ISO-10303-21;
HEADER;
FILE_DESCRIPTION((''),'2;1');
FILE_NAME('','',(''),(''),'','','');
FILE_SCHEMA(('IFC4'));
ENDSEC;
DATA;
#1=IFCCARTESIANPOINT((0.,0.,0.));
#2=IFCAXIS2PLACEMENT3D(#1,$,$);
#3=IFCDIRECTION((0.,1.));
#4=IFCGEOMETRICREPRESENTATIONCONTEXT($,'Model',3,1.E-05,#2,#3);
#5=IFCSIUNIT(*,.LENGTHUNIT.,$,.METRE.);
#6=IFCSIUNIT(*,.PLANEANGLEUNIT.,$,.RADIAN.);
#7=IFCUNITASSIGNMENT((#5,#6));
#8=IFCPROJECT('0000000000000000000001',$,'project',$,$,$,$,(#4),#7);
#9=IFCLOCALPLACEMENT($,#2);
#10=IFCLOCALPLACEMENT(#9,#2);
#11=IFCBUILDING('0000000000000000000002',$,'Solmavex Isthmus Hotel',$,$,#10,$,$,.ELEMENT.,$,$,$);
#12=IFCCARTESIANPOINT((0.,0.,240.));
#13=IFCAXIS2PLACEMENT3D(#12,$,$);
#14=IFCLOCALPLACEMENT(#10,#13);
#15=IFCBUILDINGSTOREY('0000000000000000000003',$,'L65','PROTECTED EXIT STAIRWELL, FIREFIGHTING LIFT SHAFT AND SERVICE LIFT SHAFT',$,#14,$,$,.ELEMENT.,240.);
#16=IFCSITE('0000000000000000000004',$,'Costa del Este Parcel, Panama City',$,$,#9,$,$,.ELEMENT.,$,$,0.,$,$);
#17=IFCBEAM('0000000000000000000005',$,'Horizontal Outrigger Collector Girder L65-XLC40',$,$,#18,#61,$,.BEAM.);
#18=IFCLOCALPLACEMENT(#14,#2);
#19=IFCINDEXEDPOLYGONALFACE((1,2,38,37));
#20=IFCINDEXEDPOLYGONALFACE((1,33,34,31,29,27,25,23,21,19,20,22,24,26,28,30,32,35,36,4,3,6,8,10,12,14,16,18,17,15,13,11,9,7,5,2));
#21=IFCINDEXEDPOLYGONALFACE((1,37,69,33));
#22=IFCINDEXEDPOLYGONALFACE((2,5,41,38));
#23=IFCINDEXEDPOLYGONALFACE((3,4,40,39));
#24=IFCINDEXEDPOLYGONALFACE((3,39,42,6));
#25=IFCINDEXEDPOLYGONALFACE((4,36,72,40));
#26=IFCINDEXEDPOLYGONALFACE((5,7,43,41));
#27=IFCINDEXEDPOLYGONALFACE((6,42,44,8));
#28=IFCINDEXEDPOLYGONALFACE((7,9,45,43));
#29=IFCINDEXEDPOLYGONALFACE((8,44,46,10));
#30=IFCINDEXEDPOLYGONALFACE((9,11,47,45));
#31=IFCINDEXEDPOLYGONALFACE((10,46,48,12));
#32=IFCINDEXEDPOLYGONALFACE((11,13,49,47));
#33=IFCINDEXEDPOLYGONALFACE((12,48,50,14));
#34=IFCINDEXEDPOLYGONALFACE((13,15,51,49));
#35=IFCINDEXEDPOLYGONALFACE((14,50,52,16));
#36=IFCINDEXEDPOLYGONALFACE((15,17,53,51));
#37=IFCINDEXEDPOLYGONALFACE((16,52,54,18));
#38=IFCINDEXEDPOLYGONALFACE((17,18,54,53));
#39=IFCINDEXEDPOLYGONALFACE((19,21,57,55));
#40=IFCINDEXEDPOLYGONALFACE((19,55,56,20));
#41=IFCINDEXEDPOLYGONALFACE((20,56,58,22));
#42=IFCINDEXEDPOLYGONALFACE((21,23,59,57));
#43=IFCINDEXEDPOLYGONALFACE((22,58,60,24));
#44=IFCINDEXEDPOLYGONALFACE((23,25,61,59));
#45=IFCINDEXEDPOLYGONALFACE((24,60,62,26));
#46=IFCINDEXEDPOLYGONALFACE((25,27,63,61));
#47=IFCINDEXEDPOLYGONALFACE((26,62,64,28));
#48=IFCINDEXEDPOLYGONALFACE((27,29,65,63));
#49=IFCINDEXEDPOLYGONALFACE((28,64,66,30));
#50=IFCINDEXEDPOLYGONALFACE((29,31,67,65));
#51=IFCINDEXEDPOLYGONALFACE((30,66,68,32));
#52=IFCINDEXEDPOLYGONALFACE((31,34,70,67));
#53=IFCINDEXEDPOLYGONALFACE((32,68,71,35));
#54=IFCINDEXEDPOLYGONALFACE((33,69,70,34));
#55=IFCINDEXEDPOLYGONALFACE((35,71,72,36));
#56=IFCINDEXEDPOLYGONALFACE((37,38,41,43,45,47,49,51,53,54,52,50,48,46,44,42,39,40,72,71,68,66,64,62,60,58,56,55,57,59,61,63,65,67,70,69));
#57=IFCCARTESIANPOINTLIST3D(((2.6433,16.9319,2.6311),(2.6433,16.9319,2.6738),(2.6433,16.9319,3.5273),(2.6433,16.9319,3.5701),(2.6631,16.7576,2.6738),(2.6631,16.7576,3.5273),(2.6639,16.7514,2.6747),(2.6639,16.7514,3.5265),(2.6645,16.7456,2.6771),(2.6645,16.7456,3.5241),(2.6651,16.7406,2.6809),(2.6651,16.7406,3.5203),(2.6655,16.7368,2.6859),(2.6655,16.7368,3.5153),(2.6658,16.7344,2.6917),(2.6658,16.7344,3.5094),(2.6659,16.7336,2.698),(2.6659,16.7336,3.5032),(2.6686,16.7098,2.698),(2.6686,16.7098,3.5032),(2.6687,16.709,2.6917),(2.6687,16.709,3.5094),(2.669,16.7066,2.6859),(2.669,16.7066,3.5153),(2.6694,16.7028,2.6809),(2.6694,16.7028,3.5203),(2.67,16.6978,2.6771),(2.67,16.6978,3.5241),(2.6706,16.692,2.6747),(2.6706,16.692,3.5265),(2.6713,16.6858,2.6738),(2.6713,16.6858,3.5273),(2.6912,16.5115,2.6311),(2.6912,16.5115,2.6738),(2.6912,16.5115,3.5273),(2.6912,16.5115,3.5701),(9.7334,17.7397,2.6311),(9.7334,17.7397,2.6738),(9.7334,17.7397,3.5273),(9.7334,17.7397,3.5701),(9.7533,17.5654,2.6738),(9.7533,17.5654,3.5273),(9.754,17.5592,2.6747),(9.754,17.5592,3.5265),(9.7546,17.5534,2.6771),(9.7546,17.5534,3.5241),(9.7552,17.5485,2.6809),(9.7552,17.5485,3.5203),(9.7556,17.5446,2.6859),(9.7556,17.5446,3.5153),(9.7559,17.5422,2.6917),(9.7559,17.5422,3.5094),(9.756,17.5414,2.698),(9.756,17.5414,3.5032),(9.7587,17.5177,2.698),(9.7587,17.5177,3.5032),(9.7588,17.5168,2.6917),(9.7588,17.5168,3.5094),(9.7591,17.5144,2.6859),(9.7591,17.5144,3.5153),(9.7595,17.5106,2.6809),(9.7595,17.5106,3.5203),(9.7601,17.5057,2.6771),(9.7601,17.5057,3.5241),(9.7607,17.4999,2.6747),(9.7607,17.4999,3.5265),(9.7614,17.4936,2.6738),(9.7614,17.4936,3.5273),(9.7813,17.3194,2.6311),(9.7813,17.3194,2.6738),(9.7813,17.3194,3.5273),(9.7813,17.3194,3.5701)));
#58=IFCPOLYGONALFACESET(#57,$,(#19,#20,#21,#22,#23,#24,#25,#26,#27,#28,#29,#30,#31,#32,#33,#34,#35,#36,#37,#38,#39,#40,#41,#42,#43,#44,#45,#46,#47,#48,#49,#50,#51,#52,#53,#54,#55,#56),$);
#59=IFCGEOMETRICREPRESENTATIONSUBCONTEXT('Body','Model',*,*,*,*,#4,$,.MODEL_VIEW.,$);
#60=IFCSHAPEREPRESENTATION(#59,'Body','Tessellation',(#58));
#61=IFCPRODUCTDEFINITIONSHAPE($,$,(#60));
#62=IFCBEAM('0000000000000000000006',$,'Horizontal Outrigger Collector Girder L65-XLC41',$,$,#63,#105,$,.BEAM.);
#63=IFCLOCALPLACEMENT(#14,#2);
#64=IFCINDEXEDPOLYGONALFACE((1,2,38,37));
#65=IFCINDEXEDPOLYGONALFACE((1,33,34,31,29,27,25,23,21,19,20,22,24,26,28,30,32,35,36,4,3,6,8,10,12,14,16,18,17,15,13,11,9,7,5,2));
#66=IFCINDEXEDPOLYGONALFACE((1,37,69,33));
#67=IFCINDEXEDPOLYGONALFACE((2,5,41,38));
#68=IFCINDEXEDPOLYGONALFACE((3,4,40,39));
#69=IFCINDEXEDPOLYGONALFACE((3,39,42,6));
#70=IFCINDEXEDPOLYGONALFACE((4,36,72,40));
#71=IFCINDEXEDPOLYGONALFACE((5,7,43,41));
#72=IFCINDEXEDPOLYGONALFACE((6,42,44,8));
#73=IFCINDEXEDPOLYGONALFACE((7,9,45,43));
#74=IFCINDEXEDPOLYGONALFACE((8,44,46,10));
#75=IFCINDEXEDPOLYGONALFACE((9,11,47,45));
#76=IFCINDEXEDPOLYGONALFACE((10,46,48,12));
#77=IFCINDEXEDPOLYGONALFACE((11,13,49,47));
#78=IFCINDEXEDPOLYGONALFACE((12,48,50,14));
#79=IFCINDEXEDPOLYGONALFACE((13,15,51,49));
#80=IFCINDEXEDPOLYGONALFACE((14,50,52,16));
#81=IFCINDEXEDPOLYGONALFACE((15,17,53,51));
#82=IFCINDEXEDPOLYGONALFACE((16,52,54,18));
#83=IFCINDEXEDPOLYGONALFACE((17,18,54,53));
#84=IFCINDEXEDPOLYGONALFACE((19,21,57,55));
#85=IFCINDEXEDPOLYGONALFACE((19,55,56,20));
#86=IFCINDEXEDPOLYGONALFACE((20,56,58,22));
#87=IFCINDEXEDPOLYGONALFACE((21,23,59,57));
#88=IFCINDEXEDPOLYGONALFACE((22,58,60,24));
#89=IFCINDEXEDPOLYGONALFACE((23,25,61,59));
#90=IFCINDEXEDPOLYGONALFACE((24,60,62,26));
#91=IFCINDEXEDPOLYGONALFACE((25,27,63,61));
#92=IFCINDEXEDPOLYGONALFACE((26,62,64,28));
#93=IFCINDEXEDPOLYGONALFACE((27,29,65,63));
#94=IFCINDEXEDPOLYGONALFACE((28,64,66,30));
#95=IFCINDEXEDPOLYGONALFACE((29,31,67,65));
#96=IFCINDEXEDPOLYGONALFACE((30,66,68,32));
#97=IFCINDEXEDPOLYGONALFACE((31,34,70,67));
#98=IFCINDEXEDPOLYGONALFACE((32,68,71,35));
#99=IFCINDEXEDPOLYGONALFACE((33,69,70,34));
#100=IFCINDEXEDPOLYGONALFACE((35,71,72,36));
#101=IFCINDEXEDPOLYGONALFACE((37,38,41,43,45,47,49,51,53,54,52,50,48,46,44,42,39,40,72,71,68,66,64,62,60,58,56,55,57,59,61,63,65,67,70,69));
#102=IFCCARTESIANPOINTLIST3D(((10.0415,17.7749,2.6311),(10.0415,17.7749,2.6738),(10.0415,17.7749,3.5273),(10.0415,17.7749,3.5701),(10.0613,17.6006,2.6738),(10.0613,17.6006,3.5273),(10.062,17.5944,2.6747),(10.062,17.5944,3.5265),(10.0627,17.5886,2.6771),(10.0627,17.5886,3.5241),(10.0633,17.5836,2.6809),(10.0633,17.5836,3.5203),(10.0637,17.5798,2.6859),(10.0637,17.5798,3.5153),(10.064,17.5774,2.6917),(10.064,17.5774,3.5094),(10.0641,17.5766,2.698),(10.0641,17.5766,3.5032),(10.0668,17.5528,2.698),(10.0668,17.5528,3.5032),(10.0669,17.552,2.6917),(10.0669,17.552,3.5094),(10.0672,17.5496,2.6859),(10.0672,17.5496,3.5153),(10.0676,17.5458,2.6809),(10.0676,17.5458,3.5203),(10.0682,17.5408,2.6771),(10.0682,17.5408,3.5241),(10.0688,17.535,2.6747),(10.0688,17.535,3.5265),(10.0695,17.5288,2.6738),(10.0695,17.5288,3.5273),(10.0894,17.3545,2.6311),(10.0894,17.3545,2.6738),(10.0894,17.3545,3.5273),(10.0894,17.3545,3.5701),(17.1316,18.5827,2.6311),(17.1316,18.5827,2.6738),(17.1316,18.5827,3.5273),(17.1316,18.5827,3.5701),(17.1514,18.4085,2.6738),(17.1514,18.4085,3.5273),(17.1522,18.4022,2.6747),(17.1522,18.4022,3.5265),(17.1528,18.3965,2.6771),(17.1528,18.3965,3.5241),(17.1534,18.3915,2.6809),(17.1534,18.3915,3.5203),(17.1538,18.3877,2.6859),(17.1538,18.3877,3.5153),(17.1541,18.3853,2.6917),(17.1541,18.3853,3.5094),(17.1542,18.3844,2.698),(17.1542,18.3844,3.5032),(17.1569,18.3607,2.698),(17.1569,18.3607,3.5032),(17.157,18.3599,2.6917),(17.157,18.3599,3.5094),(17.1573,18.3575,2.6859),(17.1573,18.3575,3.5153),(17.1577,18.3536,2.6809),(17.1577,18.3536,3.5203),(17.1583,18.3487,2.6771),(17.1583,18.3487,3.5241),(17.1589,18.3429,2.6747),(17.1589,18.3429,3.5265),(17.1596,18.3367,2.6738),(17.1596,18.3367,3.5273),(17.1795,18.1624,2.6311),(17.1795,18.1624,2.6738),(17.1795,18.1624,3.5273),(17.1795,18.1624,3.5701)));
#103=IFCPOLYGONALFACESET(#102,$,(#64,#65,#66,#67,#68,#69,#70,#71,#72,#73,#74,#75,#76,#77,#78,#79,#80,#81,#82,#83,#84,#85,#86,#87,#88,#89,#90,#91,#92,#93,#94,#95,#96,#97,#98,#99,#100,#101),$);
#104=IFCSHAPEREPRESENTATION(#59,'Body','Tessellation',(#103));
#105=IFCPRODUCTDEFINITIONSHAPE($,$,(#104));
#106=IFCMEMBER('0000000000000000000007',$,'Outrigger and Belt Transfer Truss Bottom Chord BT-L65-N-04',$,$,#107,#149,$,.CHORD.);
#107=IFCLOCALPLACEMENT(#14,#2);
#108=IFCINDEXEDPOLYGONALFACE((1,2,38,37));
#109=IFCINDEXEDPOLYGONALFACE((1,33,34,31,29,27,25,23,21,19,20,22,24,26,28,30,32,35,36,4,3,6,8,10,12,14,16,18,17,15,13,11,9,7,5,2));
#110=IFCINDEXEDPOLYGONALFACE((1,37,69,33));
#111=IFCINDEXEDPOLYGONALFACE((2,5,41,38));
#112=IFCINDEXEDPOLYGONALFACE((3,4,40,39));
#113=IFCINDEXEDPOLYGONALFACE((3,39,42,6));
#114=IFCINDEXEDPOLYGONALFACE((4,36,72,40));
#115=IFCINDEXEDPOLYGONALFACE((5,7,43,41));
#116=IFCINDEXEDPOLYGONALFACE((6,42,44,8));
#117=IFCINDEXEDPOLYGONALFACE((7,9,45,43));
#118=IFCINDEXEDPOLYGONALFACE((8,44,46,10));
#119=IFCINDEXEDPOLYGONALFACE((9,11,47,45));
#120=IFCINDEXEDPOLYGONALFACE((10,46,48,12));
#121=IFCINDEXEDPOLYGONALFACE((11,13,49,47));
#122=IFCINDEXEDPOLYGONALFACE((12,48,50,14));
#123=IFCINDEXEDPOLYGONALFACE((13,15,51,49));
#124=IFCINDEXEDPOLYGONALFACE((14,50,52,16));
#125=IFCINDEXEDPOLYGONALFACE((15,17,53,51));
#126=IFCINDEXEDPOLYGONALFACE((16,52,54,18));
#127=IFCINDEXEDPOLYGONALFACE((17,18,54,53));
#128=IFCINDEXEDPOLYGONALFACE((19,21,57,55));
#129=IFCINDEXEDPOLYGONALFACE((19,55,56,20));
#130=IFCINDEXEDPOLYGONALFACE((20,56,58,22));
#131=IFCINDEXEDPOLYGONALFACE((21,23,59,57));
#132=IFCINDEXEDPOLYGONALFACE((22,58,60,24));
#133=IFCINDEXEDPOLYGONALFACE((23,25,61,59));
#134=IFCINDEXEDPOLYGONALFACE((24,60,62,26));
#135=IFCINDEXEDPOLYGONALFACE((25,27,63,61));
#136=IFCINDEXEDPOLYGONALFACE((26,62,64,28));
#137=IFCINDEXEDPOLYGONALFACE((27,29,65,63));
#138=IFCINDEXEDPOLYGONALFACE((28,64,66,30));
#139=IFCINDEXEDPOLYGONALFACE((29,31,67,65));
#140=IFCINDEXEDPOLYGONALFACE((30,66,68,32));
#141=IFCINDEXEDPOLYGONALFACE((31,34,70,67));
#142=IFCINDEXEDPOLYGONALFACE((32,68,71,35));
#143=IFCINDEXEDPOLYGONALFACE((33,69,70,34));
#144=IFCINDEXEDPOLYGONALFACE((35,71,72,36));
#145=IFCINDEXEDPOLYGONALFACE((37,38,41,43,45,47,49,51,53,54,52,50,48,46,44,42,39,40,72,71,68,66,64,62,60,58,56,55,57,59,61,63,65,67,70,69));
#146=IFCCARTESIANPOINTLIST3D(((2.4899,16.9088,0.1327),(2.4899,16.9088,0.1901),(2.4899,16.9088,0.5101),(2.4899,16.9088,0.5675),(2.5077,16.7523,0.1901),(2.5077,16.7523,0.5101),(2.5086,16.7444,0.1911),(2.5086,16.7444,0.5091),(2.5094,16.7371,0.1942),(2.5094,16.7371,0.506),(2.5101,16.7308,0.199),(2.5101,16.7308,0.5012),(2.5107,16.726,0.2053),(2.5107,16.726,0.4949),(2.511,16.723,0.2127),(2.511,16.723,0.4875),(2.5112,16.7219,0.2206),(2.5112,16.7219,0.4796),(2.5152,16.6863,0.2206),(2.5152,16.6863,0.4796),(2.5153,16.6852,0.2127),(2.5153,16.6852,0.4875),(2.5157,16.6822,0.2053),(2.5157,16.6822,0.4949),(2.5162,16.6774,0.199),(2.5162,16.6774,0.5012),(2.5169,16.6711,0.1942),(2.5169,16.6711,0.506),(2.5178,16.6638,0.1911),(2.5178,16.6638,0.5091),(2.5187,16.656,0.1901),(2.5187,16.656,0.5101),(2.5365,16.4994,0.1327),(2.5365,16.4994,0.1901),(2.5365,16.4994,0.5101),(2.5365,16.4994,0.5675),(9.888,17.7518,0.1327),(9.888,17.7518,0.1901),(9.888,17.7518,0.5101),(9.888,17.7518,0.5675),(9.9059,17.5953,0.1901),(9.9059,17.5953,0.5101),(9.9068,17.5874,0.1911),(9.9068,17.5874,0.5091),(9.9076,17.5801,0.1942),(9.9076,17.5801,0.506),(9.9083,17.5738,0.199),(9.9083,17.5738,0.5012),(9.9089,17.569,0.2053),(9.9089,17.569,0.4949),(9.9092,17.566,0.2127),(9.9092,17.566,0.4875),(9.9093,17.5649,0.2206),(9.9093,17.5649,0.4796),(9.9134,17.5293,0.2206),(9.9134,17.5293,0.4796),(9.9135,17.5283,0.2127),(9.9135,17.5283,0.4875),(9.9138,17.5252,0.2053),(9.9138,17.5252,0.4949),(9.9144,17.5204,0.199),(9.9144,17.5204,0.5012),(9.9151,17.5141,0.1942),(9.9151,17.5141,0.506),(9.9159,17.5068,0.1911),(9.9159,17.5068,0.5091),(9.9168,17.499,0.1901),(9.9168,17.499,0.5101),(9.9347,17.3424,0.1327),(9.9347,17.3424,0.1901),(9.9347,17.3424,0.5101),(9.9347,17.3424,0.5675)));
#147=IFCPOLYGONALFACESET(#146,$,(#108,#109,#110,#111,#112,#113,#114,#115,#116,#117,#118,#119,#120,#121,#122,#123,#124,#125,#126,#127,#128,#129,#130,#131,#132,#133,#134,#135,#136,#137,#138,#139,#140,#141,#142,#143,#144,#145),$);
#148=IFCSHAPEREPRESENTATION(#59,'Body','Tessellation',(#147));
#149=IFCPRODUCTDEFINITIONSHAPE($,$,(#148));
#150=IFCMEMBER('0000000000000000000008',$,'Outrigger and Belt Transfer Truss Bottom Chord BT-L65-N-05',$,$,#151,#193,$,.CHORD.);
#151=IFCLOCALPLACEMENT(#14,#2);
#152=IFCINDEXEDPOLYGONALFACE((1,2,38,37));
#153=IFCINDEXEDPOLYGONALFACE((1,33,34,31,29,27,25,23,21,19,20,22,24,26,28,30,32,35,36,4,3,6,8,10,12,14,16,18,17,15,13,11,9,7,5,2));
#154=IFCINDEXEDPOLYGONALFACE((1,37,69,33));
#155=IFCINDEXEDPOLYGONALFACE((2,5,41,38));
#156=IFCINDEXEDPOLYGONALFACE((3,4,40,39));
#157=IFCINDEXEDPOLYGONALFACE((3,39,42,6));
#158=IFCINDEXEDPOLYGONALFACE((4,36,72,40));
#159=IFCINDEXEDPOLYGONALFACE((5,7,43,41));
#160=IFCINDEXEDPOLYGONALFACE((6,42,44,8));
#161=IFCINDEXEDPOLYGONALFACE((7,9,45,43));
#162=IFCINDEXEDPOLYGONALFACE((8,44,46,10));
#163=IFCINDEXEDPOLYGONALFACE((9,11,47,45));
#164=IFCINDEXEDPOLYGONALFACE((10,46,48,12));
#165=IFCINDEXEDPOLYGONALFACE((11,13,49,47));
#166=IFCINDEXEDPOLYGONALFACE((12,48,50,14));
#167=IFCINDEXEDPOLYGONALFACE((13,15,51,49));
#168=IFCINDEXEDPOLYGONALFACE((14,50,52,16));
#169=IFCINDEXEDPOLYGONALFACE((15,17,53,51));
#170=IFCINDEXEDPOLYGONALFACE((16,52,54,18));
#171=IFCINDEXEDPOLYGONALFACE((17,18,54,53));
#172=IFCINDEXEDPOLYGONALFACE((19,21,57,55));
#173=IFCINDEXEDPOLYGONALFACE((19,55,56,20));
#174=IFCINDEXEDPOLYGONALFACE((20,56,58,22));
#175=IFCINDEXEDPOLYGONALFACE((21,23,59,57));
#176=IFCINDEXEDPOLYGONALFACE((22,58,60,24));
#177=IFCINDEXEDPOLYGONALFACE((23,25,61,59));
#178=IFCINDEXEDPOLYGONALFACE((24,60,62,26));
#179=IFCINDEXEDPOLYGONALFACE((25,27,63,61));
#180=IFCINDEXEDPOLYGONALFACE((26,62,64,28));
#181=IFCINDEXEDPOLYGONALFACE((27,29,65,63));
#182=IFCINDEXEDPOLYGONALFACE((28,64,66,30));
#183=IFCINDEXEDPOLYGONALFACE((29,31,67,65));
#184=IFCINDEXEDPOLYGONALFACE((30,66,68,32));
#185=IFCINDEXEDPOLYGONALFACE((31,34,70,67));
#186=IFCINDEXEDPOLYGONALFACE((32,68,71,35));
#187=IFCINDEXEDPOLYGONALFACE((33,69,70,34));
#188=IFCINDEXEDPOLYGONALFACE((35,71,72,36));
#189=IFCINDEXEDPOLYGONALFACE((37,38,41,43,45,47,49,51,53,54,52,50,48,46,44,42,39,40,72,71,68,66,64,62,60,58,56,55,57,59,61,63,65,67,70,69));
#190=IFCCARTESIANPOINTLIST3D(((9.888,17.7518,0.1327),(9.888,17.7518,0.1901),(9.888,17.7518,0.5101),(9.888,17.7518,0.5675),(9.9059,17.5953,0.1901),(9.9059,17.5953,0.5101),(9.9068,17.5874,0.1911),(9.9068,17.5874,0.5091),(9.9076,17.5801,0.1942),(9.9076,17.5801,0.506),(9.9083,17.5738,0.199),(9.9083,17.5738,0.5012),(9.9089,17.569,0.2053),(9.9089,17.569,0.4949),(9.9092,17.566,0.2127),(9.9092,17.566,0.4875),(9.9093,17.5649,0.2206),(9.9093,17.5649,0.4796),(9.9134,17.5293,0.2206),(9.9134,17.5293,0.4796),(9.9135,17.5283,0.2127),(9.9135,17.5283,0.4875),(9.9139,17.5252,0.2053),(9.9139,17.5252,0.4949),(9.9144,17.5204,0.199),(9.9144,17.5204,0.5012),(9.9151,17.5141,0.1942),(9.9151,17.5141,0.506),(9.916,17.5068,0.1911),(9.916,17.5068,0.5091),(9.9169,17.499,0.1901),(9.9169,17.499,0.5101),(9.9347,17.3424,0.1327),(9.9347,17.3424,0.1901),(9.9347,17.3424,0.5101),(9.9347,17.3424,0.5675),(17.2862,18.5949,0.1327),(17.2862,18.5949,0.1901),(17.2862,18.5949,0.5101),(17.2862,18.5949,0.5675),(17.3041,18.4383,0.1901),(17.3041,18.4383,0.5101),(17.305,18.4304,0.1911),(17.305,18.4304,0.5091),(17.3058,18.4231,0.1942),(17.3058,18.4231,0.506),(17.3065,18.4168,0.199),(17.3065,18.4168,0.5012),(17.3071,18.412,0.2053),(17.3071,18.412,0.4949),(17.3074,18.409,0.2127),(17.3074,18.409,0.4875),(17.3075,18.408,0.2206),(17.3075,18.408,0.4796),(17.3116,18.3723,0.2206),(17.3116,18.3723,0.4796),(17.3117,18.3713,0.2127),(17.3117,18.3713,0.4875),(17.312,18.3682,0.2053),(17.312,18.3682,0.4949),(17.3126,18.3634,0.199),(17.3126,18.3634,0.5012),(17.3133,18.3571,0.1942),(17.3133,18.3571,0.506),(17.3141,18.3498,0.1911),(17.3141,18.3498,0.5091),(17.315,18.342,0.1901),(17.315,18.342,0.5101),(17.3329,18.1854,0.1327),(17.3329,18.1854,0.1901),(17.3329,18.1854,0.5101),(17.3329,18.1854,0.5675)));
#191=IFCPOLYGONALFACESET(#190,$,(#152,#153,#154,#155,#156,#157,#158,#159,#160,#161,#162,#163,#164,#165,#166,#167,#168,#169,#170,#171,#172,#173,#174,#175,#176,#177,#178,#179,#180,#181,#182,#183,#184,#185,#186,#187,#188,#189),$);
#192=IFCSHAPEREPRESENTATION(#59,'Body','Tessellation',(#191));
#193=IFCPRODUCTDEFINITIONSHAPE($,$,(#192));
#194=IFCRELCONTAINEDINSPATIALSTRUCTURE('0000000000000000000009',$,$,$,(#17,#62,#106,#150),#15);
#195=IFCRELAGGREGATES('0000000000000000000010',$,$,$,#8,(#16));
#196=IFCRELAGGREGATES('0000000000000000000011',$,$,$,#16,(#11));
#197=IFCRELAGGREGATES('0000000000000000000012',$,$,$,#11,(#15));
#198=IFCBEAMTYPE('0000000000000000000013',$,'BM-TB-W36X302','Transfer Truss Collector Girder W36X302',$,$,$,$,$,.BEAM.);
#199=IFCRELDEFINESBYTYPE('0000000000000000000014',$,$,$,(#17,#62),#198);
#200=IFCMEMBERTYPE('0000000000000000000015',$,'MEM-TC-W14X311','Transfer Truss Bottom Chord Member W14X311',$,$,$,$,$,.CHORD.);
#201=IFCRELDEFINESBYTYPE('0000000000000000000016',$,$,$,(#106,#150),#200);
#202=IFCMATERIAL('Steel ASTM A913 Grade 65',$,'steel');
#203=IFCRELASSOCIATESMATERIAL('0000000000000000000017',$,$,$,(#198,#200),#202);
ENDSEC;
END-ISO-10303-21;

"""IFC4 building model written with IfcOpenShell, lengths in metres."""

from ifc_helpers import new_model, si_unit, direction, frame, origin, origin_2d, place, context, subcontext, project, spatial, i_section, extrude, material, material_profile, profile_set, type_object, element, save


model = new_model("IFC4")

# Units and contexts
model_context = context("Model", 3, precision=1e-05, world=origin(), true_north=direction((0.0, 1.0)))
body_context = subcontext(model_context, "Body", "Model", "MODEL_VIEW")
ifc_project = project(units=[si_unit("LENGTHUNIT", "METRE"), si_unit("PLANEANGLEUNIT", "RADIAN")], contexts=[model_context])

# Site, building, storey
site_placement = place(None, origin())
site = spatial("IfcSite", under=ifc_project, at=site_placement, Name="Costa del Este Parcel, Panama City", CompositionType="ELEMENT", RefElevation=0.0)
building_placement = place(site_placement, origin())
building = spatial("IfcBuilding", under=site, at=building_placement, Name="Solmavex Isthmus Hotel", CompositionType="ELEMENT")
storey_placement = place(building_placement, frame((0.0, 0.0, 240.0)))
storey = spatial("IfcBuildingStorey", under=building, at=storey_placement, Name="L65", Description="PROTECTED EXIT STAIRWELL, FIREFIGHTING LIFT SHAFT AND SERVICE LIFT SHAFT", CompositionType="ELEMENT", Elevation=240.0)

# Shared definitions
ifc_material_1 = material(Name="Steel ASTM A913 Grade 65", Category="steel")

# Beams
ifc_material_profile_1 = material_profile(ifc_material_1, i_section(OverallWidth=0.4231, OverallDepth=0.939, WebThickness=0.0239, FlangeThickness=0.0427, FilletRadius=0.0242, at=origin_2d()), Name="W36X302")
ifc_profile_set_1 = profile_set([ifc_material_profile_1], Name="Steel ASTM A913 Grade 65")
beam_type_1 = type_object("IfcBeamType", Name="BM-TB-W36X302", Description="Transfer Truss Collector Girder W36X302", PredefinedType="BEAM", material=ifc_profile_set_1)
for number, where, z_axis, x_axis, name in (
    (1, (2.6672, 16.7217, 3.1006), (0.993571, 0.11321, 0.0), (-0.11321, 0.993571, 0.0), "Horizontal Outrigger Collector Girder L65-XLC40"),
    (2, (10.0654, 17.5647, 3.1006), (0.993571, 0.11321, 0.0), (-0.11321, 0.993571, 0.0), "Horizontal Outrigger Collector Girder L65-XLC41"),
):
    element("IfcBeam", number, at=place(storey_placement, frame(where, z_axis=z_axis, x_axis=x_axis)), inside=storey, type_object=beam_type_1, Name=name, PredefinedType="BEAM", context=body_context, shape_type="SweptSolid", body=[
        extrude(i_section(OverallWidth=0.4231, OverallDepth=0.939, WebThickness=0.0239, FlangeThickness=0.0427, FilletRadius=0.0242, at=origin_2d()), origin(), (0.0, 0.0, 1.0), 7.136),
    ])

# Members
ifc_material_profile_2 = material_profile(ifc_material_1, i_section(OverallWidth=0.4121, OverallDepth=0.4348, WebThickness=0.0359, FlangeThickness=0.0574, FilletRadius=0.0305, at=origin_2d()), Name="W14X311")
ifc_profile_set_2 = profile_set([ifc_material_profile_2], Name="Steel ASTM A913 Grade 65")
member_type_1 = type_object("IfcMemberType", Name="MEM-TC-W14X311", Description="Transfer Truss Bottom Chord Member W14X311", PredefinedType="CHORD", material=ifc_profile_set_2)
for number, where, z_axis, x_axis, name in (
    (3, (2.5132, 16.7041, 0.3501), (0.99357, 0.113216, 0.0), (-0.113216, 0.99357, 0.0), "Outrigger and Belt Transfer Truss Bottom Chord BT-L65-N-04"),
    (4, (9.9114, 17.5471, 0.3501), (0.99357, 0.113216, 0.0), (-0.113216, 0.99357, 0.0), "Outrigger and Belt Transfer Truss Bottom Chord BT-L65-N-05"),
):
    element("IfcMember", number, at=place(storey_placement, frame(where, z_axis=z_axis, x_axis=x_axis)), inside=storey, type_object=member_type_1, Name=name, PredefinedType="CHORD", context=body_context, shape_type="SweptSolid", body=[
        extrude(i_section(OverallWidth=0.4121, OverallDepth=0.4348, WebThickness=0.0359, FlangeThickness=0.0574, FilletRadius=0.0305, at=origin_2d()), origin(), (0.0, 0.0, 1.0), 7.446),
    ])

save(model, "model.ifc")
